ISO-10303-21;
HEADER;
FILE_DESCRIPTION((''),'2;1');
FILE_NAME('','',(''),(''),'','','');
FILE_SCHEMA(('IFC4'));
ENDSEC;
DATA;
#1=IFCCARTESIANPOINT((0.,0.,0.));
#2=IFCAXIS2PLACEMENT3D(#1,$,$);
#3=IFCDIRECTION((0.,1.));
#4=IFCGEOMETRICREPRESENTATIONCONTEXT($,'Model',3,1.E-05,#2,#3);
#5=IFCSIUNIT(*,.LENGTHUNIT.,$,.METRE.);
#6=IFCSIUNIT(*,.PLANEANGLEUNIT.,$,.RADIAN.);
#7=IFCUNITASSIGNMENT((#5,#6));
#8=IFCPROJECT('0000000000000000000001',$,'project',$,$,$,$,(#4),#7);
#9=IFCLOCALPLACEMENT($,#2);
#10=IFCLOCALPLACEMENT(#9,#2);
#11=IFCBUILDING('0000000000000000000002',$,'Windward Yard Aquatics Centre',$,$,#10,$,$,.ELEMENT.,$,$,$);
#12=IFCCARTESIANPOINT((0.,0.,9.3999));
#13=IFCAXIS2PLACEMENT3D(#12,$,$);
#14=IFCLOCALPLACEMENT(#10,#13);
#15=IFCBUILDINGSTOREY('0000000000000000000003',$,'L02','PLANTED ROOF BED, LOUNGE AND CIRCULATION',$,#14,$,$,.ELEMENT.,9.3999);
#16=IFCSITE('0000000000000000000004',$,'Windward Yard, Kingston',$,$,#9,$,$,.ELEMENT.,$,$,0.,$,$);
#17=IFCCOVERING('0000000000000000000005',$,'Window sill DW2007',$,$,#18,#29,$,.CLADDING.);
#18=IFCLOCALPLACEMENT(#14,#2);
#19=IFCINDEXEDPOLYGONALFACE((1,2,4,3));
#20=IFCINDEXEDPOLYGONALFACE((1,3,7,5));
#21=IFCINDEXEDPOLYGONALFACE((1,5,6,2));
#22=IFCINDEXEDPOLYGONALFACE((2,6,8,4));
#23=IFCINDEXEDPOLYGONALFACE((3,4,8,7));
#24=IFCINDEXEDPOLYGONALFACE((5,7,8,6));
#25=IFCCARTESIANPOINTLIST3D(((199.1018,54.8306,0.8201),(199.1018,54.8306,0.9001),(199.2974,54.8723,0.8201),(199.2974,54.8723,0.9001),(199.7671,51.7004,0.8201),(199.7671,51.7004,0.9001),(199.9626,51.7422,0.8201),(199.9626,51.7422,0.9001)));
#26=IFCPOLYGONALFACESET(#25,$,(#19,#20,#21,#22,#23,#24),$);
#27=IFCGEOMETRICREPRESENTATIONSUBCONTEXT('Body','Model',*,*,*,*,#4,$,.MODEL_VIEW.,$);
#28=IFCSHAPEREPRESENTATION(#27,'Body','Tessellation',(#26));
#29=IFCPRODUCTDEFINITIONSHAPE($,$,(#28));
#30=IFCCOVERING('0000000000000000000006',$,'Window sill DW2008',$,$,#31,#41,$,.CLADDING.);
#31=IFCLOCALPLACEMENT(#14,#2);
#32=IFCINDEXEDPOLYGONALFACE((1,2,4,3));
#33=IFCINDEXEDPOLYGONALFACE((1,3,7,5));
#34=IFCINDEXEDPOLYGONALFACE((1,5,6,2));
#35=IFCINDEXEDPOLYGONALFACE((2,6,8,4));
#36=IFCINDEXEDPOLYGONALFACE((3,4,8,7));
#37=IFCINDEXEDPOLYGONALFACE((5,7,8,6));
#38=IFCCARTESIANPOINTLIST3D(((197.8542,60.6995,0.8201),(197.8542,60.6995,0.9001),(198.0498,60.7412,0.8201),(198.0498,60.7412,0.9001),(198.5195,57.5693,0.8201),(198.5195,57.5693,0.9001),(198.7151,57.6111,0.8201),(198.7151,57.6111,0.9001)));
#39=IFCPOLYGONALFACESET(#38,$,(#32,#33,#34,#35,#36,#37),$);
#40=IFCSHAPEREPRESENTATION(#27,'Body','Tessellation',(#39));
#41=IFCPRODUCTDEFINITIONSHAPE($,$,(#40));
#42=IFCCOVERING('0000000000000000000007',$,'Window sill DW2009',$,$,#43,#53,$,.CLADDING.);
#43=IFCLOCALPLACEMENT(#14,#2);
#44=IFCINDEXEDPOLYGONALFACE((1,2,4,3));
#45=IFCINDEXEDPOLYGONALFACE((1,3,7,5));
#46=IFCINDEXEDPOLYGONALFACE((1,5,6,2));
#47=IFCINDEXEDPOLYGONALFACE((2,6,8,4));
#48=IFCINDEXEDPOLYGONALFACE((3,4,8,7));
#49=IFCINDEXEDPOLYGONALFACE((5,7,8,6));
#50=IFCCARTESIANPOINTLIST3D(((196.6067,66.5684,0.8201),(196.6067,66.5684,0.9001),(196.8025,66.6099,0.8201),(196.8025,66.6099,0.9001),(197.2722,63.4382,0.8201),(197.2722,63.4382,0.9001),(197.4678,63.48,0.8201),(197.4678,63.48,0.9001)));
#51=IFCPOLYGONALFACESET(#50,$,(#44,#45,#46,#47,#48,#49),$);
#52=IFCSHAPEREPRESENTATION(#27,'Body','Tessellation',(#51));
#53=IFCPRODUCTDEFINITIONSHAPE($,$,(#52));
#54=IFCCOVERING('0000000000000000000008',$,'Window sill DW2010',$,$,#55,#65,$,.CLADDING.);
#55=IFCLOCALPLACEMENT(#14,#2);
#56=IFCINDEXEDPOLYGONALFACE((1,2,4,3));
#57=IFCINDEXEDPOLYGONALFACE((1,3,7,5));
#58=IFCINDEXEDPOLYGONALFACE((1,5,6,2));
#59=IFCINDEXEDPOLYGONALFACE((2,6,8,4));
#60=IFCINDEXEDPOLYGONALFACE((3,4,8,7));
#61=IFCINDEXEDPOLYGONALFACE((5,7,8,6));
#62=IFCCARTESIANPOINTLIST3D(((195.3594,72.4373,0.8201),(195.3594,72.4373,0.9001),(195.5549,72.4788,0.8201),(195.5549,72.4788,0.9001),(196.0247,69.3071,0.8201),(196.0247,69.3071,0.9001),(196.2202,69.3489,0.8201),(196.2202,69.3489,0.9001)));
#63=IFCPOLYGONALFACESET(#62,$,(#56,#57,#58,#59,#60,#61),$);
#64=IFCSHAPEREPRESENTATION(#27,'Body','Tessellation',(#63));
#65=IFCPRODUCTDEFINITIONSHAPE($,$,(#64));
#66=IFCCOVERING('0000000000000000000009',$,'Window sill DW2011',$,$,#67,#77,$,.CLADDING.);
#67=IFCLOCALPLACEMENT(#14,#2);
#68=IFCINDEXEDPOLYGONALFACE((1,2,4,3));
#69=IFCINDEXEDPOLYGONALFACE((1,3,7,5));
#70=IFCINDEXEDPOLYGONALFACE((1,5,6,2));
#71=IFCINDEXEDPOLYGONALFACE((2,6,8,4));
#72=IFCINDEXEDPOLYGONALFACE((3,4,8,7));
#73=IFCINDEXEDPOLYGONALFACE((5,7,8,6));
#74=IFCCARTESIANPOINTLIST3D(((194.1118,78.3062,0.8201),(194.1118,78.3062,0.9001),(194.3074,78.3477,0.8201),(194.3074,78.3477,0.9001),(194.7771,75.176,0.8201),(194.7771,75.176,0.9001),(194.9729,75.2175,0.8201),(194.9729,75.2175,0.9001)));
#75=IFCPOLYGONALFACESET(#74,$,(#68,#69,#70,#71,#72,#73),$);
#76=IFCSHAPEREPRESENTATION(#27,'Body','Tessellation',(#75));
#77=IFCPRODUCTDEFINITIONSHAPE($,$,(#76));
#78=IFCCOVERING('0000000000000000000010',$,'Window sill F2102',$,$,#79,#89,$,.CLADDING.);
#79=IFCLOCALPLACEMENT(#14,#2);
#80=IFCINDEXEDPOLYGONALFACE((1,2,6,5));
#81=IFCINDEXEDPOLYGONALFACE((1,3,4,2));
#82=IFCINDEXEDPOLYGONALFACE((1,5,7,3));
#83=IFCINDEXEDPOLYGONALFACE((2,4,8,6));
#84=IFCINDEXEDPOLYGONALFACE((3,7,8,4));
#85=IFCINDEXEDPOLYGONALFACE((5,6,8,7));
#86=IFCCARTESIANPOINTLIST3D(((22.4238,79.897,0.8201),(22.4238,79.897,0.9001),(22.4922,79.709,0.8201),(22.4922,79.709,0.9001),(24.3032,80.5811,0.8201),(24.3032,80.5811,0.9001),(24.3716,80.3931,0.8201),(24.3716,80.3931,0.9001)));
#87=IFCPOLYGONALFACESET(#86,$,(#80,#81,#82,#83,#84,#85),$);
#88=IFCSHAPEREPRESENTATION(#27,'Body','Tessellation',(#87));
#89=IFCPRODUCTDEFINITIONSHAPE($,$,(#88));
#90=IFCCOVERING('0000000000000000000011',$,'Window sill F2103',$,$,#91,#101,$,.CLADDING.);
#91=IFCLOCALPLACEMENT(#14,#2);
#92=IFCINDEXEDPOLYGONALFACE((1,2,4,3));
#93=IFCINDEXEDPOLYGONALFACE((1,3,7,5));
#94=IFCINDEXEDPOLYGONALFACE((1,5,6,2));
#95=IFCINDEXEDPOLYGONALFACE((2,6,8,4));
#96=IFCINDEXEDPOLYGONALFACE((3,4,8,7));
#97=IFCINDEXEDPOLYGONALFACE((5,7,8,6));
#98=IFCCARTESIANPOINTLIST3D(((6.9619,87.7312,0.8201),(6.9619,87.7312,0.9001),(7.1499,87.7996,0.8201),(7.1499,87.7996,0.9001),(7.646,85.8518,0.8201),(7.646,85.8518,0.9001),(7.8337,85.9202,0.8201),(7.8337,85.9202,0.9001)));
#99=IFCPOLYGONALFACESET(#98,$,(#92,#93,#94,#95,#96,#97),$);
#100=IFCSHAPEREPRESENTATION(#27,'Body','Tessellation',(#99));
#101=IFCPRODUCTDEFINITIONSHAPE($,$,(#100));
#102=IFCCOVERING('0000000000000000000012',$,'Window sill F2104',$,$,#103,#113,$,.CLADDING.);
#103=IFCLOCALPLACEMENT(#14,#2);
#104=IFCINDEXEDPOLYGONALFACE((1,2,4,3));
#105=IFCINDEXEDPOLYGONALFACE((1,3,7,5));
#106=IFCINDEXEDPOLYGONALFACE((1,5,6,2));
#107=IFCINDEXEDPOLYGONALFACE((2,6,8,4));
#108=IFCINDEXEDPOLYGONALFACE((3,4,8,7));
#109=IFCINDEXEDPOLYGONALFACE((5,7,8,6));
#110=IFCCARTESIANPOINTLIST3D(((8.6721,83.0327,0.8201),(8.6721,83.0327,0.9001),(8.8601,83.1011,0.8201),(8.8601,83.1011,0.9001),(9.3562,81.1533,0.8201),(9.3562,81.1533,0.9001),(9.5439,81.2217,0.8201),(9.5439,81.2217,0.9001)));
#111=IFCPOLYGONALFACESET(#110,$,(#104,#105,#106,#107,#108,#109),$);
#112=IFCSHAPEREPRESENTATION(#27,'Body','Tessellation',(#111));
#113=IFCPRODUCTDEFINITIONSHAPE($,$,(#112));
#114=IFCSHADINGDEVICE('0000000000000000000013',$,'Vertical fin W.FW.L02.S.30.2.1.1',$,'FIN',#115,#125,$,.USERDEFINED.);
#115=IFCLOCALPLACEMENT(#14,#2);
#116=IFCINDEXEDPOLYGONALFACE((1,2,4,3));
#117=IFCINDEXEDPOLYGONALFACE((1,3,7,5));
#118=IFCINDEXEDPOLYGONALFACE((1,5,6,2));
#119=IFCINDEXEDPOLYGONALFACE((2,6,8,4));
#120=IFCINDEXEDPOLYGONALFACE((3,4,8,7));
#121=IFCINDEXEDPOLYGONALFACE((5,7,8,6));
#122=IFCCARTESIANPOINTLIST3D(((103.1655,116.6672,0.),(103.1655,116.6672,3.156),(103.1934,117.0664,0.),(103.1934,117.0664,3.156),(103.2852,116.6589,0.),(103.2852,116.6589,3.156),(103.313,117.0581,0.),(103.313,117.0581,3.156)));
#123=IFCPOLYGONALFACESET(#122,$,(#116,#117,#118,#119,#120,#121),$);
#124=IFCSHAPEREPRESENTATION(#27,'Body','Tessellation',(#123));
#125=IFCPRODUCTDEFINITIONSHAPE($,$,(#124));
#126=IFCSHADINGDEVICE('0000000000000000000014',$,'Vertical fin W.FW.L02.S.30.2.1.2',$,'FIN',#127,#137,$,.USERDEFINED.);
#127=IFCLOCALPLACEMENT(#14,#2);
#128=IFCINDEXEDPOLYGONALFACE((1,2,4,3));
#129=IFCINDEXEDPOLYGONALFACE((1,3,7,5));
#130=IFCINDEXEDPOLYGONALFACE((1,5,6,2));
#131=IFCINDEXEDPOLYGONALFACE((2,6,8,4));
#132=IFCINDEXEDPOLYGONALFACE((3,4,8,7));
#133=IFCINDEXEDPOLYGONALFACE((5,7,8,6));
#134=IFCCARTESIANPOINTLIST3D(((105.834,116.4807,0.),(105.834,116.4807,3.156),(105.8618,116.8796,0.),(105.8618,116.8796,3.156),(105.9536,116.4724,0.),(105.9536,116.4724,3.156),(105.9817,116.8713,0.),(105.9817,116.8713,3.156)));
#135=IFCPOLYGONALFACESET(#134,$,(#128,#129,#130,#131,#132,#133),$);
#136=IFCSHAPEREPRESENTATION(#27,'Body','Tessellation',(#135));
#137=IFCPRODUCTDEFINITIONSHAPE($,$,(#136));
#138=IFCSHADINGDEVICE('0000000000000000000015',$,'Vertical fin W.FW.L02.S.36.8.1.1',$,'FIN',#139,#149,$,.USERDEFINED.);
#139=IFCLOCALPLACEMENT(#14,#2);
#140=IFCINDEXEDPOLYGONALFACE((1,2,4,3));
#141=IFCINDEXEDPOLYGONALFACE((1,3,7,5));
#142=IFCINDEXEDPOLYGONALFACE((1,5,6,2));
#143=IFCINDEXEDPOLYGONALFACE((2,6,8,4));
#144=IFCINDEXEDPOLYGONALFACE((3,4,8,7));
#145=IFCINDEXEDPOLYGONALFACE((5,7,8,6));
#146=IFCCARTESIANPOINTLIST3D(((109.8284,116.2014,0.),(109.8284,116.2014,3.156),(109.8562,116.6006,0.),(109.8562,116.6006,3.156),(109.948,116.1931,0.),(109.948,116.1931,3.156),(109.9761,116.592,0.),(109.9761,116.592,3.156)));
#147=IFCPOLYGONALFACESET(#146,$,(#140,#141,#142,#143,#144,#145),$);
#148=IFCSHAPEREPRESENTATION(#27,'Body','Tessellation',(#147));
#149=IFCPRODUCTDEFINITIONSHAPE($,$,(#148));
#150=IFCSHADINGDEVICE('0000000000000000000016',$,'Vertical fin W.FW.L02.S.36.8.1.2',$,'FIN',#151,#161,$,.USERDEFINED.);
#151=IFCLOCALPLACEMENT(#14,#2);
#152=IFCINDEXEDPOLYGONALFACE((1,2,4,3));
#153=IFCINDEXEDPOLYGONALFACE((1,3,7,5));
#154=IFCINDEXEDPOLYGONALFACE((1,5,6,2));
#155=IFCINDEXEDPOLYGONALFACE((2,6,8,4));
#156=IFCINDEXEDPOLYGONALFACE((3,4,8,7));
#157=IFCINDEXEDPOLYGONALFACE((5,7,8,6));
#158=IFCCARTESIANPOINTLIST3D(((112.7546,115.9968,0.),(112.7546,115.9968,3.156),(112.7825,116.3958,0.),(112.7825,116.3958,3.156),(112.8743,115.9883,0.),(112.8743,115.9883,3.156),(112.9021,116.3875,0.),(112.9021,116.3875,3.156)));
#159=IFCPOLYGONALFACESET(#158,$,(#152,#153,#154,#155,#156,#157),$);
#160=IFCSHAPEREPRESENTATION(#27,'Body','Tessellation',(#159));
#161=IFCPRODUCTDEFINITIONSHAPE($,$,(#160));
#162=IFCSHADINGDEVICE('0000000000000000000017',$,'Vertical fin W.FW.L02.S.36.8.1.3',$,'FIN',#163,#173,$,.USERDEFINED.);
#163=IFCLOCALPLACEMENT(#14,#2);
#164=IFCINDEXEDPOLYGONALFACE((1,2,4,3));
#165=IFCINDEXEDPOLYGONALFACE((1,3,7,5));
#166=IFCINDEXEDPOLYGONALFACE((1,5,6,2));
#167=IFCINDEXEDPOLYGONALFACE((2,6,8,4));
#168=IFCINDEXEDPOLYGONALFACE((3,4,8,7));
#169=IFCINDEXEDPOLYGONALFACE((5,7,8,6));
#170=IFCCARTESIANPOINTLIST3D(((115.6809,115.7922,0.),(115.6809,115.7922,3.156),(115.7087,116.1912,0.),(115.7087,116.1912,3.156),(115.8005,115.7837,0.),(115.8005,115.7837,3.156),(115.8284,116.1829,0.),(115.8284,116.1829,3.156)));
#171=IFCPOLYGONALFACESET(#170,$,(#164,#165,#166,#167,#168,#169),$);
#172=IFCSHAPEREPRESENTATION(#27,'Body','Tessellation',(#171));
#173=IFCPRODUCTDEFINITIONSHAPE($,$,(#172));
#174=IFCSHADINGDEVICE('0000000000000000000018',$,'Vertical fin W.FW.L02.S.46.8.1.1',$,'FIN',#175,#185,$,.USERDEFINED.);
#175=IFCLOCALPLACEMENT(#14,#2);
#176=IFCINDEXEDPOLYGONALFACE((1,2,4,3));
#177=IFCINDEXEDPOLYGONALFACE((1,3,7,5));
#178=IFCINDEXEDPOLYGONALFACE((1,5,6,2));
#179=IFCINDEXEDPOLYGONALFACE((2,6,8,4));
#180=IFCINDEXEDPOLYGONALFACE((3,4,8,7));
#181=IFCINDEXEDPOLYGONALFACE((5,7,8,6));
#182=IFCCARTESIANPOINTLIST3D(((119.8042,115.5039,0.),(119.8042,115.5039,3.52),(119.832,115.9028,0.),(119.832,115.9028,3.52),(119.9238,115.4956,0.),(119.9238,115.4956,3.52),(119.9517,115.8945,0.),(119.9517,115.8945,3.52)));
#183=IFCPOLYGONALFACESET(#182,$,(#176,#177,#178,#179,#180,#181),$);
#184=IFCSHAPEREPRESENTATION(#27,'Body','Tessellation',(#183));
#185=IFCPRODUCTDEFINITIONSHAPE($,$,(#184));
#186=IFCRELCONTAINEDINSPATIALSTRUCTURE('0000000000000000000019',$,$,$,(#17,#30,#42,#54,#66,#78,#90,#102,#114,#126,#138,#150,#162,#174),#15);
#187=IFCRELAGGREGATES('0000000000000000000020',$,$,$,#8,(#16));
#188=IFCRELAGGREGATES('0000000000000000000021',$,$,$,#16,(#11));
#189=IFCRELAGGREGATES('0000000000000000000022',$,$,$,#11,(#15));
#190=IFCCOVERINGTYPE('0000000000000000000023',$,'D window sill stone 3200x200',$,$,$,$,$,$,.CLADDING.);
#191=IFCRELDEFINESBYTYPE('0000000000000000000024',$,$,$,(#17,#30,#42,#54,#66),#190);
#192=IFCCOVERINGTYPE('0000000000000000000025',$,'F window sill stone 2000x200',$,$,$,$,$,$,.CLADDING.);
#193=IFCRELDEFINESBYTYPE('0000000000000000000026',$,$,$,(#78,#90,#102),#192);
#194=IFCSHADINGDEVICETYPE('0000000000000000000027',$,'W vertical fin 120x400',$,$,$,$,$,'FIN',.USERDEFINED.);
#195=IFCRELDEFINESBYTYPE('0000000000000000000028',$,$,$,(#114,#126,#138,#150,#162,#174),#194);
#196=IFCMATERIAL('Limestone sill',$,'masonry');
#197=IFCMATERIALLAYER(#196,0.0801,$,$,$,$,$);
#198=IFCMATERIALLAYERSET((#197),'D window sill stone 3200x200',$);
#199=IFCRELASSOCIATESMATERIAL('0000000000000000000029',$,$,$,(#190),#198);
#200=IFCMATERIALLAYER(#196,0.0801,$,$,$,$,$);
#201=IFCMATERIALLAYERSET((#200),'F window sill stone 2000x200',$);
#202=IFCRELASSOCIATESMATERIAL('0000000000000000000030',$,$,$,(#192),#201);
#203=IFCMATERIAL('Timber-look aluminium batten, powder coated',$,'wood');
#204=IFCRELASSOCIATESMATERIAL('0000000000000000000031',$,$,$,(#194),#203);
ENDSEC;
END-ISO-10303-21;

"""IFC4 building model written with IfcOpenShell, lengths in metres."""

from ifc_helpers import new_model, si_unit, direction, frame, origin, place, context, subcontext, project, spatial, polyline, outline, extrude, material, layer, layer_set, type_object, element, save


model = new_model("IFC4")

# Units and contexts
model_context = context("Model", 3, precision=1e-05, world=origin(), true_north=direction((0.0, 1.0)))
body_context = subcontext(model_context, "Body", "Model", "MODEL_VIEW")
ifc_project = project(units=[si_unit("LENGTHUNIT", "METRE"), si_unit("PLANEANGLEUNIT", "RADIAN")], contexts=[model_context])

# Site, building, storey
site_placement = place(None, origin())
site = spatial("IfcSite", under=ifc_project, at=site_placement, Name="Windward Yard, Kingston", CompositionType="ELEMENT", RefElevation=0.0)
building_placement = place(site_placement, origin())
building = spatial("IfcBuilding", under=site, at=building_placement, Name="Windward Yard Aquatics Centre", CompositionType="ELEMENT")
storey_placement = place(building_placement, frame((0.0, 0.0, 9.3999)))
storey = spatial("IfcBuildingStorey", under=building, at=storey_placement, Name="L02", Description="PLANTED ROOF BED, LOUNGE AND CIRCULATION", CompositionType="ELEMENT", Elevation=9.3999)

# Coverings
ifc_material_1 = material(Name="Limestone sill", Category="masonry")
ifc_layer_1 = layer(ifc_material_1, 0.0801)
ifc_layer_set_1 = layer_set([ifc_layer_1], Name="D window sill stone 3200x200")
covering_type_1 = type_object("IfcCoveringType", Name="D window sill stone 3200x200", PredefinedType="CLADDING", material=ifc_layer_set_1)
covering_1_placement = place(storey_placement, frame((0.0, 0.0, 0.8201)))
element("IfcCovering", 1, at=covering_1_placement, inside=storey, type_object=covering_type_1, Name="Window sill DW2007", PredefinedType="CLADDING", context=body_context, shape_type="SweptSolid", body=[
    extrude(outline(polyline([(199.1018, 54.8306), (199.2974, 54.8723), (199.9626, 51.7422), (199.7671, 51.7004), (199.1018, 54.8306)])), origin(), (0.0, 0.0, 1.0), 0.0801),
])
covering_2_placement = place(storey_placement, frame((0.0, 0.0, 0.8201)))
element("IfcCovering", 2, at=covering_2_placement, inside=storey, type_object=covering_type_1, Name="Window sill DW2008", PredefinedType="CLADDING", context=body_context, shape_type="SweptSolid", body=[
    extrude(outline(polyline([(197.8542, 60.6995), (198.0498, 60.7412), (198.7151, 57.6111), (198.5195, 57.5693), (197.8542, 60.6995)])), origin(), (0.0, 0.0, 1.0), 0.0801),
])
covering_3_placement = place(storey_placement, frame((0.0, 0.0, 0.8201)))
element("IfcCovering", 3, at=covering_3_placement, inside=storey, type_object=covering_type_1, Name="Window sill DW2009", PredefinedType="CLADDING", context=body_context, shape_type="SweptSolid", body=[
    extrude(outline(polyline([(196.6067, 66.5684), (196.8025, 66.6099), (197.4678, 63.48), (197.2722, 63.4382), (196.6067, 66.5684)])), origin(), (0.0, 0.0, 1.0), 0.0801),
])
covering_4_placement = place(storey_placement, frame((0.0, 0.0, 0.8201)))
element("IfcCovering", 4, at=covering_4_placement, inside=storey, type_object=covering_type_1, Name="Window sill DW2010", PredefinedType="CLADDING", context=body_context, shape_type="SweptSolid", body=[
    extrude(outline(polyline([(195.3594, 72.4373), (195.5549, 72.4788), (196.2202, 69.3489), (196.0247, 69.3071), (195.3594, 72.4373)])), origin(), (0.0, 0.0, 1.0), 0.0801),
])
covering_5_placement = place(storey_placement, frame((0.0, 0.0, 0.8201)))
element("IfcCovering", 5, at=covering_5_placement, inside=storey, type_object=covering_type_1, Name="Window sill DW2011", PredefinedType="CLADDING", context=body_context, shape_type="SweptSolid", body=[
    extrude(outline(polyline([(194.1118, 78.3062), (194.3074, 78.3477), (194.9729, 75.2175), (194.7771, 75.176), (194.1118, 78.3062)])), origin(), (0.0, 0.0, 1.0), 0.0801),
])
ifc_layer_2 = layer(ifc_material_1, 0.0801)
ifc_layer_set_2 = layer_set([ifc_layer_2], Name="F window sill stone 2000x200")
covering_type_2 = type_object("IfcCoveringType", Name="F window sill stone 2000x200", PredefinedType="CLADDING", material=ifc_layer_set_2)
covering_6_placement = place(storey_placement, frame((0.0, 0.0, 0.8201)))
element("IfcCovering", 6, at=covering_6_placement, inside=storey, type_object=covering_type_2, Name="Window sill F2102", PredefinedType="CLADDING", context=body_context, shape_type="SweptSolid", body=[
    extrude(outline(polyline([(22.4238, 79.897), (24.3032, 80.5811), (24.3716, 80.3931), (22.4922, 79.709), (22.4238, 79.897)])), origin(), (0.0, 0.0, 1.0), 0.0801),
])
covering_7_placement = place(storey_placement, frame((0.0, 0.0, 0.8201)))
element("IfcCovering", 7, at=covering_7_placement, inside=storey, type_object=covering_type_2, Name="Window sill F2103", PredefinedType="CLADDING", context=body_context, shape_type="SweptSolid", body=[
    extrude(outline(polyline([(6.9619, 87.7312), (7.1499, 87.7996), (7.8337, 85.9202), (7.646, 85.8518), (6.9619, 87.7312)])), origin(), (0.0, 0.0, 1.0), 0.0801),
])
covering_8_placement = place(storey_placement, frame((0.0, 0.0, 0.8201)))
element("IfcCovering", 8, at=covering_8_placement, inside=storey, type_object=covering_type_2, Name="Window sill F2104", PredefinedType="CLADDING", context=body_context, shape_type="SweptSolid", body=[
    extrude(outline(polyline([(8.6721, 83.0327), (8.8601, 83.1011), (9.5439, 81.2217), (9.3562, 81.1533), (8.6721, 83.0327)])), origin(), (0.0, 0.0, 1.0), 0.0801),
])

# Shading devices
ifc_material_2 = material(Name="Timber-look aluminium batten, powder coated", Category="wood")
shading_device_type = type_object("IfcShadingDeviceType", Name="W vertical fin 120x400", ElementType="FIN", PredefinedType="USERDEFINED", material=ifc_material_2)
shading_device_1_placement = place(storey_placement, origin())
element("IfcShadingDevice", 9, at=shading_device_1_placement, inside=storey, type_object=shading_device_type, Name="Vertical fin W.FW.L02.S.30.2.1.1", ObjectType="FIN", PredefinedType="USERDEFINED", context=body_context, shape_type="SweptSolid", body=[
    extrude(outline(polyline([(103.1655, 116.6672), (103.1934, 117.0664), (103.313, 117.0581), (103.2852, 116.6589), (103.1655, 116.6672)])), origin(), (0.0, 0.0, 1.0), 3.156),
])
shading_device_2_placement = place(storey_placement, origin())
element("IfcShadingDevice", 10, at=shading_device_2_placement, inside=storey, type_object=shading_device_type, Name="Vertical fin W.FW.L02.S.30.2.1.2", ObjectType="FIN", PredefinedType="USERDEFINED", context=body_context, shape_type="SweptSolid", body=[
    extrude(outline(polyline([(105.834, 116.4807), (105.8618, 116.8796), (105.9817, 116.8713), (105.9536, 116.4724), (105.834, 116.4807)])), origin(), (0.0, 0.0, 1.0), 3.156),
])
shading_device_3_placement = place(storey_placement, origin())
element("IfcShadingDevice", 11, at=shading_device_3_placement, inside=storey, type_object=shading_device_type, Name="Vertical fin W.FW.L02.S.36.8.1.1", ObjectType="FIN", PredefinedType="USERDEFINED", context=body_context, shape_type="SweptSolid", body=[
    extrude(outline(polyline([(109.8284, 116.2014), (109.8562, 116.6006), (109.9761, 116.592), (109.948, 116.1931), (109.8284, 116.2014)])), origin(), (0.0, 0.0, 1.0), 3.156),
])
shading_device_4_placement = place(storey_placement, origin())
element("IfcShadingDevice", 12, at=shading_device_4_placement, inside=storey, type_object=shading_device_type, Name="Vertical fin W.FW.L02.S.36.8.1.2", ObjectType="FIN", PredefinedType="USERDEFINED", context=body_context, shape_type="SweptSolid", body=[
    extrude(outline(polyline([(112.7546, 115.9968), (112.7825, 116.3958), (112.9021, 116.3875), (112.8743, 115.9883), (112.7546, 115.9968)])), origin(), (0.0, 0.0, 1.0), 3.156),
])
shading_device_5_placement = place(storey_placement, origin())
element("IfcShadingDevice", 13, at=shading_device_5_placement, inside=storey, type_object=shading_device_type, Name="Vertical fin W.FW.L02.S.36.8.1.3", ObjectType="FIN", PredefinedType="USERDEFINED", context=body_context, shape_type="SweptSolid", body=[
    extrude(outline(polyline([(115.6809, 115.7922), (115.7087, 116.1912), (115.8284, 116.1829), (115.8005, 115.7837), (115.6809, 115.7922)])), origin(), (0.0, 0.0, 1.0), 3.156),
])
shading_device_6_placement = place(storey_placement, origin())
element("IfcShadingDevice", 14, at=shading_device_6_placement, inside=storey, type_object=shading_device_type, Name="Vertical fin W.FW.L02.S.46.8.1.1", ObjectType="FIN", PredefinedType="USERDEFINED", context=body_context, shape_type="SweptSolid", body=[
    extrude(outline(polyline([(119.8042, 115.5039), (119.832, 115.9028), (119.9517, 115.8945), (119.9238, 115.4956), (119.8042, 115.5039)])), origin(), (0.0, 0.0, 1.0), 3.52),
])

save(model, "model.ifc")
